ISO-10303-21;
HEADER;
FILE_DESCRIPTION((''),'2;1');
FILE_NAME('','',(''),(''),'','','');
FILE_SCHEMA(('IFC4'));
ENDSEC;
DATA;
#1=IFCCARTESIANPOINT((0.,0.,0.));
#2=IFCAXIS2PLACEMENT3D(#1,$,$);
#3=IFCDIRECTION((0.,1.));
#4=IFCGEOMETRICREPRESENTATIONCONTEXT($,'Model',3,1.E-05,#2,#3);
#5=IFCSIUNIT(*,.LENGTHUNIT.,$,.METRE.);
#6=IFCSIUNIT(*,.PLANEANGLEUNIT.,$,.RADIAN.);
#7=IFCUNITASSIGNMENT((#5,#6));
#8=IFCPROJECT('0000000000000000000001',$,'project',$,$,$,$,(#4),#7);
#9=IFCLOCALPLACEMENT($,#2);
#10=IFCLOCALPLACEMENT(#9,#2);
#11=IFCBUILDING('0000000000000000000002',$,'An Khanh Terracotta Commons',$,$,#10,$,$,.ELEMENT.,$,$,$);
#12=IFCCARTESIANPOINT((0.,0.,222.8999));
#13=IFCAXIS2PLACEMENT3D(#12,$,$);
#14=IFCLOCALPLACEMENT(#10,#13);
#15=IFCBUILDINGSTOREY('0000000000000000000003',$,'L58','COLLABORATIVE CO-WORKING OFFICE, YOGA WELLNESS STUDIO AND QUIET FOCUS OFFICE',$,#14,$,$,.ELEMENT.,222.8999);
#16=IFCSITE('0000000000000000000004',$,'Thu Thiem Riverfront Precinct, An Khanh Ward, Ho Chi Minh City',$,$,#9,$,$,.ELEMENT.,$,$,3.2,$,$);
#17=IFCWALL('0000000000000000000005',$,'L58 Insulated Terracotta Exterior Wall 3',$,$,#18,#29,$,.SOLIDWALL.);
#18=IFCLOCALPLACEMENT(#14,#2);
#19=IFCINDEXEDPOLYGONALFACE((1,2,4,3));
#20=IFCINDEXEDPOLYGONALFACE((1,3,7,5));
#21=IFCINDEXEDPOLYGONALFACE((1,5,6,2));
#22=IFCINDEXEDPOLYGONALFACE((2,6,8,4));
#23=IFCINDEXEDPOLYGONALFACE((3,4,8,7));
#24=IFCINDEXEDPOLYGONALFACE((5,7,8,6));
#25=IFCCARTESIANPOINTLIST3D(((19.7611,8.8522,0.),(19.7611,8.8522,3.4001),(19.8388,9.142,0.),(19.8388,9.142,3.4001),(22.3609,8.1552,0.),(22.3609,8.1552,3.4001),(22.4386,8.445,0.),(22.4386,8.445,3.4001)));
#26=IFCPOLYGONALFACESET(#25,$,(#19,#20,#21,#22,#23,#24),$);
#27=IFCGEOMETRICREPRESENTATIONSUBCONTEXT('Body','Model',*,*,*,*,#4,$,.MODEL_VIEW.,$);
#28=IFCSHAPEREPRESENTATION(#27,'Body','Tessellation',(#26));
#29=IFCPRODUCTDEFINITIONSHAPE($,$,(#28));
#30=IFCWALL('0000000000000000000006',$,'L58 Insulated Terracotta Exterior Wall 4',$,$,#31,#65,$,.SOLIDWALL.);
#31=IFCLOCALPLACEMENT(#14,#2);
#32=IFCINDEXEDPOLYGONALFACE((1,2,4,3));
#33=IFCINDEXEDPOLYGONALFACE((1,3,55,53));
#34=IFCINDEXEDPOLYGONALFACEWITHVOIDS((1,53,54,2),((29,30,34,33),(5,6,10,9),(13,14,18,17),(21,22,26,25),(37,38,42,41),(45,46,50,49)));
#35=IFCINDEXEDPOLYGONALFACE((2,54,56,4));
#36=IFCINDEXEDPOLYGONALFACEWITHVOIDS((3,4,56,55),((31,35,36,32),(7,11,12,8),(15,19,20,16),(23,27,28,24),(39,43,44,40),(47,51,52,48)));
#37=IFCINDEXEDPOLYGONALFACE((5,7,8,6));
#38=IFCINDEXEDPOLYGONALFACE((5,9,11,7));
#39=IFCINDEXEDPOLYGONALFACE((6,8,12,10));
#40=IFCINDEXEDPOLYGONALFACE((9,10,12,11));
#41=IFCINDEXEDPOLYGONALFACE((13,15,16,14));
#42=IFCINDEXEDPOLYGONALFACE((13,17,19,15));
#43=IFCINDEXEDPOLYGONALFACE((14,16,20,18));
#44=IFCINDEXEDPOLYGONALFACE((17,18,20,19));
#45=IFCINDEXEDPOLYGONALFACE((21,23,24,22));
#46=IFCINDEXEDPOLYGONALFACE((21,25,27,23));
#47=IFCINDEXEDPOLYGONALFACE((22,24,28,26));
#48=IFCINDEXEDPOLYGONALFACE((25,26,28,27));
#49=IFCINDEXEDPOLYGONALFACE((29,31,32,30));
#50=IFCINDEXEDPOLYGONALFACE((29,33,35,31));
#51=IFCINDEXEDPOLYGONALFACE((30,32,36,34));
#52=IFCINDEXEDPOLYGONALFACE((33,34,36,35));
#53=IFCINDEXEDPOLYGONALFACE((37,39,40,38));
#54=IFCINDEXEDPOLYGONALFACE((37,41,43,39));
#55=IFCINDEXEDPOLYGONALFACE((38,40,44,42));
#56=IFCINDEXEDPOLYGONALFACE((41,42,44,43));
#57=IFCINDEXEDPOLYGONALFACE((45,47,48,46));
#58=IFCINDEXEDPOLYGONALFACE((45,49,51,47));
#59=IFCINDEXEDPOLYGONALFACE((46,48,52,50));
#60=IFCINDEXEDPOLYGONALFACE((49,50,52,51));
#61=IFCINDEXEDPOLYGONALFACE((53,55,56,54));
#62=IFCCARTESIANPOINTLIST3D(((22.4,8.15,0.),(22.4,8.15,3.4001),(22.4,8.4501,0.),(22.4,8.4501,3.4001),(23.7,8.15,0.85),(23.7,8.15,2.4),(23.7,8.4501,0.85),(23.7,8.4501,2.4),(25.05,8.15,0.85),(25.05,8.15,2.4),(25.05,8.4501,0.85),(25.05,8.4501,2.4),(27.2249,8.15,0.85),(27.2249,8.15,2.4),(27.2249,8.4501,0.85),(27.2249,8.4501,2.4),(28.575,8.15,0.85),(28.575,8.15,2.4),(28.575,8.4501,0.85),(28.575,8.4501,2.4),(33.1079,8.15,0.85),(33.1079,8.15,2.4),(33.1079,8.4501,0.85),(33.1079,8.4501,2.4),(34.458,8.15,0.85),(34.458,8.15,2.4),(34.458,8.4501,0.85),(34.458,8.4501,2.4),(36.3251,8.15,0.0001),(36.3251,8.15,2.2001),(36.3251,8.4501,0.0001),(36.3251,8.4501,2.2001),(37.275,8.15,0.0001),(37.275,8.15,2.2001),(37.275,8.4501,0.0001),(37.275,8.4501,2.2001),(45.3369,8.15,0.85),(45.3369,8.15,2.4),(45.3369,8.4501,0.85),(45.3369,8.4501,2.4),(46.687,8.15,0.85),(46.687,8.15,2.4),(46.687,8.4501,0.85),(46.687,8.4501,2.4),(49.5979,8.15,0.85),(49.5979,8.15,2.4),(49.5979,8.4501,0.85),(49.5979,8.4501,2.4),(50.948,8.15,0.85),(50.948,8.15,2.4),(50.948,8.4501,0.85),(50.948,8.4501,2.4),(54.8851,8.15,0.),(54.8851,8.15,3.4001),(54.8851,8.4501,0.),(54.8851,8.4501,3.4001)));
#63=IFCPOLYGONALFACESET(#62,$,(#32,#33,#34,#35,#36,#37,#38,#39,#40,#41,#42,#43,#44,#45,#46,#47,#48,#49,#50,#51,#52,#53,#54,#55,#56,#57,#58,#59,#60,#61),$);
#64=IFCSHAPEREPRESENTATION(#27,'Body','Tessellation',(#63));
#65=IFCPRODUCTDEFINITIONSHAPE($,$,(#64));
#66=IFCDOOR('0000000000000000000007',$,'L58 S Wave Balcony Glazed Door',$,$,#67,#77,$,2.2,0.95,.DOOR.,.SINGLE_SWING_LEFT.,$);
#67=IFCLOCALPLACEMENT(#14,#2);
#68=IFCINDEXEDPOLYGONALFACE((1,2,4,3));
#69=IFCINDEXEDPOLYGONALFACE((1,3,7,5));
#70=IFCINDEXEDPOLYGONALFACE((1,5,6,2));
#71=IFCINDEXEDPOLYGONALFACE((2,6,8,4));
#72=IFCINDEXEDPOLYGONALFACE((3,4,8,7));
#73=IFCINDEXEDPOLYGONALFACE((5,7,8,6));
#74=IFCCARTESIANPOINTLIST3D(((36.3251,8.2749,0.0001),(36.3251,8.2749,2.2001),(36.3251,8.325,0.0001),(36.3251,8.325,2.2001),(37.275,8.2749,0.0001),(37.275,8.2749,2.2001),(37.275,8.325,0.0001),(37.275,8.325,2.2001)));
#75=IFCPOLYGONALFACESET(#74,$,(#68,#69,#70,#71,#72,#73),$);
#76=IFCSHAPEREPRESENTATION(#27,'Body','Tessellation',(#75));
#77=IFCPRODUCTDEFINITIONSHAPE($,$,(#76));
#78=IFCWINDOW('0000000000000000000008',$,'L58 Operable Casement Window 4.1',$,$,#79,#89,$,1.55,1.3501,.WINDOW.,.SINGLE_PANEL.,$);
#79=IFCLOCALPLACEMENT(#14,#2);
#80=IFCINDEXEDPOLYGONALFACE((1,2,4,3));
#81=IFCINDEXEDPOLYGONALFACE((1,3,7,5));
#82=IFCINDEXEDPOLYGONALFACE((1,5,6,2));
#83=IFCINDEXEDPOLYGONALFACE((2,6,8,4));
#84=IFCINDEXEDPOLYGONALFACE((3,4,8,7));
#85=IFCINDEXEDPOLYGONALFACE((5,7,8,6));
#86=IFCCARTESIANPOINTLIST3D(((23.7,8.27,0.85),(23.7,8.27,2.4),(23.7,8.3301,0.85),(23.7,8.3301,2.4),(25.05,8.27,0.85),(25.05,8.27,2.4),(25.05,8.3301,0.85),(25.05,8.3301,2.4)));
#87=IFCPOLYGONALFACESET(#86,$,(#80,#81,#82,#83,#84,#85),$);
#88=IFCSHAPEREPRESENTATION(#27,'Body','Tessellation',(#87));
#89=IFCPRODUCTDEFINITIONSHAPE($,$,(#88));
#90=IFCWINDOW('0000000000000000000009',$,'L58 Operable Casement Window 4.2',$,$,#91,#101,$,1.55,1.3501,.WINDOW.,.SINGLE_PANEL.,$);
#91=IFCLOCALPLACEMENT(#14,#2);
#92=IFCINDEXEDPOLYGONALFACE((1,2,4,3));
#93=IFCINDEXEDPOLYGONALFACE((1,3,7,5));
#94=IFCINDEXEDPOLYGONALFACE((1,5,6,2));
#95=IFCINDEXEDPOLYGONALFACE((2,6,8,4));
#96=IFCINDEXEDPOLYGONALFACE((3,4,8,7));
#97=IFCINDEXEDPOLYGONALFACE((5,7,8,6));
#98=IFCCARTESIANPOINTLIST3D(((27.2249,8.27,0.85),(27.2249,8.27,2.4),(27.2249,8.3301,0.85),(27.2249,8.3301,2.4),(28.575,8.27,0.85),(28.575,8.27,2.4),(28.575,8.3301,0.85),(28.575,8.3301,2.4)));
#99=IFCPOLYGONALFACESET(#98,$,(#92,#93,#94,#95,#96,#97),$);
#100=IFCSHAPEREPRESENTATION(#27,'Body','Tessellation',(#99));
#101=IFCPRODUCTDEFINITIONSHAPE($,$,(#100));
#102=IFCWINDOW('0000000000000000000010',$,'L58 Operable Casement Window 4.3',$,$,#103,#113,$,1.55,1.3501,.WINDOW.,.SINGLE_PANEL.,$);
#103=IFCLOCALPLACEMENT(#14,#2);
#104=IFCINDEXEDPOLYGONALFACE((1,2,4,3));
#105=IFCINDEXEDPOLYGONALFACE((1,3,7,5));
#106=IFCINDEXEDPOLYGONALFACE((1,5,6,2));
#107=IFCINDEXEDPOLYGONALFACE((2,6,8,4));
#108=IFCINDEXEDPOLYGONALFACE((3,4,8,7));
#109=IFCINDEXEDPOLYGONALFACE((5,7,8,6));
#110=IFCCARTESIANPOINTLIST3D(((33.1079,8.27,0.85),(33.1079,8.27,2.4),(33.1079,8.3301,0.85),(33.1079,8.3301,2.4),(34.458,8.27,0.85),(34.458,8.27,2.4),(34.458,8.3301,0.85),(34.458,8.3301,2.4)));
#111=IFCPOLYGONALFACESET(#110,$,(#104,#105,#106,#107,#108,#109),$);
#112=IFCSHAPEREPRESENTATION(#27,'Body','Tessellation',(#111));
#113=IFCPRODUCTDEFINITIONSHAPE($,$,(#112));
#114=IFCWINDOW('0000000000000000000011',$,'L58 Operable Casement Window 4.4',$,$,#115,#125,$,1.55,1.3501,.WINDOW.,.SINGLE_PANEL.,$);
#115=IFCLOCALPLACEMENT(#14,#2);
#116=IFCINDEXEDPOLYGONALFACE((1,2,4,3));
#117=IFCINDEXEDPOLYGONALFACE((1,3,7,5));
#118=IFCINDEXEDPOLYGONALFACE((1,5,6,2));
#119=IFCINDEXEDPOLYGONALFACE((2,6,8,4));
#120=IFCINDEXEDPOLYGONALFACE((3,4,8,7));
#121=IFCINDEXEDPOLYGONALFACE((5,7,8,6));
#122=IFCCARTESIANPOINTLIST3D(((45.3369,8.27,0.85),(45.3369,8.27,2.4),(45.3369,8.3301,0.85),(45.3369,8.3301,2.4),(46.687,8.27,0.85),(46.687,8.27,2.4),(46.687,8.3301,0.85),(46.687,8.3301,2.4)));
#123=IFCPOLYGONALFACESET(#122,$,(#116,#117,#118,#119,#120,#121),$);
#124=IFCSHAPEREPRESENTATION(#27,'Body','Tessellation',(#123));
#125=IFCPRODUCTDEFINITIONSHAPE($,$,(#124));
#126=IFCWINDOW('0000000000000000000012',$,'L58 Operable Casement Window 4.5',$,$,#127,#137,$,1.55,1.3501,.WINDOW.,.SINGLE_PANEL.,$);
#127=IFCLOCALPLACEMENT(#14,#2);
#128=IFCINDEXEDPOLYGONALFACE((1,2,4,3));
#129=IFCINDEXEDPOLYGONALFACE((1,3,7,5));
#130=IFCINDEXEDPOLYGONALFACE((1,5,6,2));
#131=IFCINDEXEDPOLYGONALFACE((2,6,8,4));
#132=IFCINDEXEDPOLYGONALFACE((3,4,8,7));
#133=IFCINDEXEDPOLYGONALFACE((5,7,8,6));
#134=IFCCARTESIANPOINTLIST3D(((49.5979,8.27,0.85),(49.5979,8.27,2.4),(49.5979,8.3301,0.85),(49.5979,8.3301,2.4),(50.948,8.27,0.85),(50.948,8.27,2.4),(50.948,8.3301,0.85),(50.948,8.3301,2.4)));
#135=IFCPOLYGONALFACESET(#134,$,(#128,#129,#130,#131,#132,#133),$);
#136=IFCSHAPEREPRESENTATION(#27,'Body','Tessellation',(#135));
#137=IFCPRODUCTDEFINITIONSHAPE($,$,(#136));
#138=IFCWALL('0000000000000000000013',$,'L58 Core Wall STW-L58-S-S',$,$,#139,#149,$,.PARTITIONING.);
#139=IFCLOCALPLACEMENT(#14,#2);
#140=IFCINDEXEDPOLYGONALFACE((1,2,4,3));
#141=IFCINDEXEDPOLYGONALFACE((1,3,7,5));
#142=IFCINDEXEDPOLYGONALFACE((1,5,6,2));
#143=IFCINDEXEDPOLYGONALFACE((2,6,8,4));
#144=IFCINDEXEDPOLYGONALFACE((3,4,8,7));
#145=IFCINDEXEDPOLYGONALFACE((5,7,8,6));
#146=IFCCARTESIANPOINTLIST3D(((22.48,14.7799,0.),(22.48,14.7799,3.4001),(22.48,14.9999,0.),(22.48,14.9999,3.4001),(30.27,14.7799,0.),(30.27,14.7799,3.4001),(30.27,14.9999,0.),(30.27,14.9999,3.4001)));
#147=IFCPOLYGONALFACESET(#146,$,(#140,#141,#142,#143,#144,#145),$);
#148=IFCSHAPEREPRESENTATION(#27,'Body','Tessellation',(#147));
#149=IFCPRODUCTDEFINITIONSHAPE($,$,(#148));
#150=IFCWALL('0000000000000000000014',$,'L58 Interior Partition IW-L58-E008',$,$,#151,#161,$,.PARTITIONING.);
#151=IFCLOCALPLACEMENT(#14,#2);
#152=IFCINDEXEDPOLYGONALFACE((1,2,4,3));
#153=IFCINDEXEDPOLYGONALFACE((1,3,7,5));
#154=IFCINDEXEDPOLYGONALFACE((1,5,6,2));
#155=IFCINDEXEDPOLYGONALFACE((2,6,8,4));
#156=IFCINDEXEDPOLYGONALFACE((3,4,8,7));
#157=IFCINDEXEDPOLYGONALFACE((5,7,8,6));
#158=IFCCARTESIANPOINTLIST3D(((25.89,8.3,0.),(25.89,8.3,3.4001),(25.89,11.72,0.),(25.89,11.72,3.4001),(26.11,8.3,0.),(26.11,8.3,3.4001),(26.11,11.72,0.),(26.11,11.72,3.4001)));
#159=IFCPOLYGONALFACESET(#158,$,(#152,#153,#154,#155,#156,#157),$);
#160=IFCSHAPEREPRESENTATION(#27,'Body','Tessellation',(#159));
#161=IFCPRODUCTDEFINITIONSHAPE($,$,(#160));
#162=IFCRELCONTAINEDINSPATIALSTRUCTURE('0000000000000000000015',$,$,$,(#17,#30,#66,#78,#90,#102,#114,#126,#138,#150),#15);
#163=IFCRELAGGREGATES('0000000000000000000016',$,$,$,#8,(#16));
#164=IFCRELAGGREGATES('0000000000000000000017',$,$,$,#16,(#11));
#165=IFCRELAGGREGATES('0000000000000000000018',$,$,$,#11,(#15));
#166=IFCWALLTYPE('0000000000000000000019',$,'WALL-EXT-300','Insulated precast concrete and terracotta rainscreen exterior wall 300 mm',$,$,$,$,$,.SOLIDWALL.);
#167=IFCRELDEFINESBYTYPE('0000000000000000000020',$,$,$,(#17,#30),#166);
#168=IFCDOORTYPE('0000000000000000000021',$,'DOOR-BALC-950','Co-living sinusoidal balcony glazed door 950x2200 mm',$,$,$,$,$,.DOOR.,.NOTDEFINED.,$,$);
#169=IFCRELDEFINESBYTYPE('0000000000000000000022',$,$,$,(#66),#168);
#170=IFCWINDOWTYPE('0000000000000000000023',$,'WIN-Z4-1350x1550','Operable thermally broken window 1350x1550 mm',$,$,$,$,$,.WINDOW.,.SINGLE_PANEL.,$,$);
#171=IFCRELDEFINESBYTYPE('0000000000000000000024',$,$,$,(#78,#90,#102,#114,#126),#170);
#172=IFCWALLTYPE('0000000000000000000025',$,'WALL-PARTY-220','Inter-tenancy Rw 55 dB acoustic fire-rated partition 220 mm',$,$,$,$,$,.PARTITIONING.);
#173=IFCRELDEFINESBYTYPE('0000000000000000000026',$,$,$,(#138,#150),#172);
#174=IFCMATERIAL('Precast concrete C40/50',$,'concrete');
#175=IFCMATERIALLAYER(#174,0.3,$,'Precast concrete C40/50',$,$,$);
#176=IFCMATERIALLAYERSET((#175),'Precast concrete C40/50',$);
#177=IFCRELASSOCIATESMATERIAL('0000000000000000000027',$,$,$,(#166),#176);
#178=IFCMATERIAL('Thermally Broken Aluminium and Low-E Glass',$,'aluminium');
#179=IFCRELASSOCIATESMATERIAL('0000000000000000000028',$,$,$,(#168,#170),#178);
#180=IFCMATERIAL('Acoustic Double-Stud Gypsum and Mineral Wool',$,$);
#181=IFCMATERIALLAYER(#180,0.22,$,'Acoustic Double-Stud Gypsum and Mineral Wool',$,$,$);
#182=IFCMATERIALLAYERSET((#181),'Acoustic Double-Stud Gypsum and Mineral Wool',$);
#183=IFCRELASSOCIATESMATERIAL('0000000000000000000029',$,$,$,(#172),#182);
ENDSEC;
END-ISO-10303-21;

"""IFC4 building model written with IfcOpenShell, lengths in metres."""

from ifc_helpers import new_model, si_unit, direction, frame, frame_2d, origin, place, context, subcontext, project, spatial, rectangle, extrude, material, layer, layer_set, type_object, element, fill, save


model = new_model("IFC4")

# Units and contexts
model_context = context("Model", 3, precision=1e-05, world=origin(), true_north=direction((0.0, 1.0)))
body_context = subcontext(model_context, "Body", "Model", "MODEL_VIEW")
ifc_project = project(units=[si_unit("LENGTHUNIT", "METRE"), si_unit("PLANEANGLEUNIT", "RADIAN")], contexts=[model_context])

# Site, building, storey
site_placement = place(None, origin())
site = spatial("IfcSite", under=ifc_project, at=site_placement, Name="Thu Thiem Riverfront Precinct, An Khanh Ward, Ho Chi Minh City", CompositionType="ELEMENT", RefElevation=3.2)
building_placement = place(site_placement, origin())
building = spatial("IfcBuilding", under=site, at=building_placement, Name="An Khanh Terracotta Commons", CompositionType="ELEMENT")
storey_placement = place(building_placement, frame((0.0, 0.0, 222.8999)))
storey = spatial("IfcBuildingStorey", under=building, at=storey_placement, Name="L58", Description="COLLABORATIVE CO-WORKING OFFICE, YOGA WELLNESS STUDIO AND QUIET FOCUS OFFICE", CompositionType="ELEMENT", Elevation=222.8999)

# Wall
ifc_material_1 = material(Name="Precast concrete C40/50", Category="concrete")
ifc_layer_1 = layer(ifc_material_1, 0.3, Name="Precast concrete C40/50")
ifc_layer_set_1 = layer_set([ifc_layer_1], Name="Precast concrete C40/50")
wall_type_1 = type_object("IfcWallType", Name="WALL-EXT-300", Description="Insulated precast concrete and terracotta rainscreen exterior wall 300 mm", PredefinedType="SOLIDWALL", material=ifc_layer_set_1)
wall_1_placement = place(storey_placement, frame((19.8, 8.9971, 0.0), z_axis=(0.0, 0.0, 1.0), x_axis=(0.965889, -0.258955, 0.0)))
element("IfcWall", 1, at=wall_1_placement, inside=storey, type_object=wall_type_1, Name="L58 Insulated Terracotta Exterior Wall 3", PredefinedType="SOLIDWALL", context=body_context, shape_type="SweptSolid", body=[
    extrude(rectangle(XDim=2.6917, YDim=0.3, at=frame_2d((1.3457, 0.0))), origin(), (0.0, 0.0, 1.0), 3.4001),
])

# Wall, openings, door, windows
wall_2_placement = place(storey_placement, frame((22.3999, 8.3, 0.0), z_axis=(0.0, 0.0, 1.0), x_axis=(1.0, 0.0, 0.0)))
wall_2 = element("IfcWall", 2, at=wall_2_placement, inside=storey, type_object=wall_type_1, Name="L58 Insulated Terracotta Exterior Wall 4", PredefinedType="SOLIDWALL", context=body_context, shape_type="SweptSolid", body=[
    extrude(rectangle(XDim=32.4851, YDim=0.3, at=frame_2d((16.2427, 0.0))), origin(), (0.0, 0.0, 1.0), 3.4001),
])
opening_1_placement = place(wall_2_placement, frame((13.925, 0.0, 0.0)))
opening_1 = element("IfcOpeningElement", 3, at=opening_1_placement, cuts=wall_2, PredefinedType="OPENING", context=body_context, shape_type="SweptSolid", body=[
    extrude(rectangle(XDim=0.95, YDim=2.2, at=frame_2d((0.4751, 1.1001))), frame((0.0, 0.1599, 0.0), z_axis=(0.0, -1.0, 0.0), x_axis=(1.0, 0.0, 0.0)), (0.0, 0.0, 1.0), 0.3201),
])
opening_2_placement = place(wall_2_placement, frame((1.3, 0.0, 0.8501)))
opening_2 = element("IfcOpeningElement", 4, at=opening_2_placement, cuts=wall_2, PredefinedType="OPENING", context=body_context, shape_type="SweptSolid", body=[
    extrude(rectangle(XDim=1.3501, YDim=1.55, at=frame_2d((0.675, 0.7749))), frame((0.0, 0.1599, 0.0), z_axis=(0.0, -1.0, 0.0), x_axis=(1.0, 0.0, 0.0)), (0.0, 0.0, 1.0), 0.3201),
])
opening_3_placement = place(wall_2_placement, frame((4.825, 0.0, 0.8501)))
opening_3 = element("IfcOpeningElement", 5, at=opening_3_placement, cuts=wall_2, PredefinedType="OPENING", context=body_context, shape_type="SweptSolid", body=[
    extrude(rectangle(XDim=1.3501, YDim=1.55, at=frame_2d((0.675, 0.7749))), frame((0.0, 0.1599, 0.0), z_axis=(0.0, -1.0, 0.0), x_axis=(1.0, 0.0, 0.0)), (0.0, 0.0, 1.0), 0.3201),
])
opening_4_placement = place(wall_2_placement, frame((10.708, 0.0, 0.8501)))
opening_4 = element("IfcOpeningElement", 6, at=opening_4_placement, cuts=wall_2, PredefinedType="OPENING", context=body_context, shape_type="SweptSolid", body=[
    extrude(rectangle(XDim=1.3501, YDim=1.55, at=frame_2d((0.675, 0.7749))), frame((0.0, 0.1599, 0.0), z_axis=(0.0, -1.0, 0.0), x_axis=(1.0, 0.0, 0.0)), (0.0, 0.0, 1.0), 0.3201),
])
opening_5_placement = place(wall_2_placement, frame((22.937, 0.0, 0.8501)))
opening_5 = element("IfcOpeningElement", 7, at=opening_5_placement, cuts=wall_2, PredefinedType="OPENING", context=body_context, shape_type="SweptSolid", body=[
    extrude(rectangle(XDim=1.3501, YDim=1.55, at=frame_2d((0.675, 0.7749))), frame((0.0, 0.1599, 0.0), z_axis=(0.0, -1.0, 0.0), x_axis=(1.0, 0.0, 0.0)), (0.0, 0.0, 1.0), 0.3201),
])
opening_6_placement = place(wall_2_placement, frame((27.198, 0.0, 0.8501)))
opening_6 = element("IfcOpeningElement", 8, at=opening_6_placement, cuts=wall_2, PredefinedType="OPENING", context=body_context, shape_type="SweptSolid", body=[
    extrude(rectangle(XDim=1.3501, YDim=1.55, at=frame_2d((0.675, 0.7749))), frame((0.0, 0.1599, 0.0), z_axis=(0.0, -1.0, 0.0), x_axis=(1.0, 0.0, 0.0)), (0.0, 0.0, 1.0), 0.3201),
])
ifc_material_2 = material(Name="Thermally Broken Aluminium and Low-E Glass", Category="aluminium")
door_type = type_object("IfcDoorType", Name="DOOR-BALC-950", Description="Co-living sinusoidal balcony glazed door 950x2200 mm", OperationType="NOTDEFINED", PredefinedType="DOOR", material=ifc_material_2)
door_placement = place(opening_1_placement, origin())
door = element("IfcDoor", 9, at=door_placement, inside=storey, type_object=door_type, Name="L58 S Wave Balcony Glazed Door", OperationType="SINGLE_SWING_LEFT", OverallHeight=2.2, OverallWidth=0.95, PredefinedType="DOOR", context=body_context, shape_type="SweptSolid", body=[
    extrude(rectangle(XDim=0.95, YDim=2.2, at=frame_2d((0.4751, 1.1001))), frame((0.0, 0.0249, 0.0), z_axis=(0.0, -1.0, 0.0), x_axis=(1.0, 0.0, 0.0)), (0.0, 0.0, 1.0), 0.05),
])
fill(opening_1, door)
window_type = type_object("IfcWindowType", Name="WIN-Z4-1350x1550", Description="Operable thermally broken window 1350x1550 mm", PartitioningType="SINGLE_PANEL", PredefinedType="WINDOW", material=ifc_material_2)
window_1_placement = place(opening_2_placement, origin())
window_1 = element("IfcWindow", 10, at=window_1_placement, inside=storey, type_object=window_type, Name="L58 Operable Casement Window 4.1", OverallHeight=1.55, OverallWidth=1.3501, PartitioningType="SINGLE_PANEL", PredefinedType="WINDOW", context=body_context, shape_type="SweptSolid", body=[
    extrude(rectangle(XDim=1.3501, YDim=1.55, at=frame_2d((0.675, 0.7749))), frame((0.0, 0.03, 0.0), z_axis=(0.0, -1.0, 0.0), x_axis=(1.0, 0.0, 0.0)), (0.0, 0.0, 1.0), 0.0601),
])
fill(opening_2, window_1)
window_2_placement = place(opening_3_placement, origin())
window_2 = element("IfcWindow", 11, at=window_2_placement, inside=storey, type_object=window_type, Name="L58 Operable Casement Window 4.2", OverallHeight=1.55, OverallWidth=1.3501, PartitioningType="SINGLE_PANEL", PredefinedType="WINDOW", context=body_context, shape_type="SweptSolid", body=[
    extrude(rectangle(XDim=1.3501, YDim=1.55, at=frame_2d((0.675, 0.7749))), frame((0.0, 0.03, 0.0), z_axis=(0.0, -1.0, 0.0), x_axis=(1.0, 0.0, 0.0)), (0.0, 0.0, 1.0), 0.0601),
])
fill(opening_3, window_2)
window_3_placement = place(opening_4_placement, origin())
window_3 = element("IfcWindow", 12, at=window_3_placement, inside=storey, type_object=window_type, Name="L58 Operable Casement Window 4.3", OverallHeight=1.55, OverallWidth=1.3501, PartitioningType="SINGLE_PANEL", PredefinedType="WINDOW", context=body_context, shape_type="SweptSolid", body=[
    extrude(rectangle(XDim=1.3501, YDim=1.55, at=frame_2d((0.675, 0.7749))), frame((0.0, 0.03, 0.0), z_axis=(0.0, -1.0, 0.0), x_axis=(1.0, 0.0, 0.0)), (0.0, 0.0, 1.0), 0.0601),
])
fill(opening_4, window_3)
window_4_placement = place(opening_5_placement, origin())
window_4 = element("IfcWindow", 13, at=window_4_placement, inside=storey, type_object=window_type, Name="L58 Operable Casement Window 4.4", OverallHeight=1.55, OverallWidth=1.3501, PartitioningType="SINGLE_PANEL", PredefinedType="WINDOW", context=body_context, shape_type="SweptSolid", body=[
    extrude(rectangle(XDim=1.3501, YDim=1.55, at=frame_2d((0.675, 0.7749))), frame((0.0, 0.03, 0.0), z_axis=(0.0, -1.0, 0.0), x_axis=(1.0, 0.0, 0.0)), (0.0, 0.0, 1.0), 0.0601),
])
fill(opening_5, window_4)
window_5_placement = place(opening_6_placement, origin())
window_5 = element("IfcWindow", 14, at=window_5_placement, inside=storey, type_object=window_type, Name="L58 Operable Casement Window 4.5", OverallHeight=1.55, OverallWidth=1.3501, PartitioningType="SINGLE_PANEL", PredefinedType="WINDOW", context=body_context, shape_type="SweptSolid", body=[
    extrude(rectangle(XDim=1.3501, YDim=1.55, at=frame_2d((0.675, 0.7749))), frame((0.0, 0.03, 0.0), z_axis=(0.0, -1.0, 0.0), x_axis=(1.0, 0.0, 0.0)), (0.0, 0.0, 1.0), 0.0601),
])
fill(opening_6, window_5)

# Walls
ifc_material_3 = material(Name="Acoustic Double-Stud Gypsum and Mineral Wool")
ifc_layer_2 = layer(ifc_material_3, 0.22, Name="Acoustic Double-Stud Gypsum and Mineral Wool")
ifc_layer_set_2 = layer_set([ifc_layer_2], Name="Acoustic Double-Stud Gypsum and Mineral Wool")
wall_type_2 = type_object("IfcWallType", Name="WALL-PARTY-220", Description="Inter-tenancy Rw 55 dB acoustic fire-rated partition 220 mm", PredefinedType="PARTITIONING", material=ifc_layer_set_2)
wall_3_placement = place(storey_placement, frame((22.48, 14.8899, 0.0), z_axis=(0.0, 0.0, 1.0), x_axis=(1.0, 0.0, 0.0)))
element("IfcWall", 15, at=wall_3_placement, inside=storey, type_object=wall_type_2, Name="L58 Core Wall STW-L58-S-S", PredefinedType="PARTITIONING", context=body_context, shape_type="SweptSolid", body=[
    extrude(rectangle(XDim=7.79, YDim=0.22, at=frame_2d((3.895, 0.0))), origin(), (0.0, 0.0, 1.0), 3.4001),
])
wall_4_placement = place(storey_placement, frame((26.0, 8.3, 0.0), z_axis=(0.0, 0.0, 1.0), x_axis=(0.0, 1.0, 0.0)))
element("IfcWall", 16, at=wall_4_placement, inside=storey, type_object=wall_type_2, Name="L58 Interior Partition IW-L58-E008", PredefinedType="PARTITIONING", context=body_context, shape_type="SweptSolid", body=[
    extrude(rectangle(XDim=3.4199, YDim=0.22, at=frame_2d((1.71, 0.0))), origin(), (0.0, 0.0, 1.0), 3.4001),
])

save(model, "model.ifc")
